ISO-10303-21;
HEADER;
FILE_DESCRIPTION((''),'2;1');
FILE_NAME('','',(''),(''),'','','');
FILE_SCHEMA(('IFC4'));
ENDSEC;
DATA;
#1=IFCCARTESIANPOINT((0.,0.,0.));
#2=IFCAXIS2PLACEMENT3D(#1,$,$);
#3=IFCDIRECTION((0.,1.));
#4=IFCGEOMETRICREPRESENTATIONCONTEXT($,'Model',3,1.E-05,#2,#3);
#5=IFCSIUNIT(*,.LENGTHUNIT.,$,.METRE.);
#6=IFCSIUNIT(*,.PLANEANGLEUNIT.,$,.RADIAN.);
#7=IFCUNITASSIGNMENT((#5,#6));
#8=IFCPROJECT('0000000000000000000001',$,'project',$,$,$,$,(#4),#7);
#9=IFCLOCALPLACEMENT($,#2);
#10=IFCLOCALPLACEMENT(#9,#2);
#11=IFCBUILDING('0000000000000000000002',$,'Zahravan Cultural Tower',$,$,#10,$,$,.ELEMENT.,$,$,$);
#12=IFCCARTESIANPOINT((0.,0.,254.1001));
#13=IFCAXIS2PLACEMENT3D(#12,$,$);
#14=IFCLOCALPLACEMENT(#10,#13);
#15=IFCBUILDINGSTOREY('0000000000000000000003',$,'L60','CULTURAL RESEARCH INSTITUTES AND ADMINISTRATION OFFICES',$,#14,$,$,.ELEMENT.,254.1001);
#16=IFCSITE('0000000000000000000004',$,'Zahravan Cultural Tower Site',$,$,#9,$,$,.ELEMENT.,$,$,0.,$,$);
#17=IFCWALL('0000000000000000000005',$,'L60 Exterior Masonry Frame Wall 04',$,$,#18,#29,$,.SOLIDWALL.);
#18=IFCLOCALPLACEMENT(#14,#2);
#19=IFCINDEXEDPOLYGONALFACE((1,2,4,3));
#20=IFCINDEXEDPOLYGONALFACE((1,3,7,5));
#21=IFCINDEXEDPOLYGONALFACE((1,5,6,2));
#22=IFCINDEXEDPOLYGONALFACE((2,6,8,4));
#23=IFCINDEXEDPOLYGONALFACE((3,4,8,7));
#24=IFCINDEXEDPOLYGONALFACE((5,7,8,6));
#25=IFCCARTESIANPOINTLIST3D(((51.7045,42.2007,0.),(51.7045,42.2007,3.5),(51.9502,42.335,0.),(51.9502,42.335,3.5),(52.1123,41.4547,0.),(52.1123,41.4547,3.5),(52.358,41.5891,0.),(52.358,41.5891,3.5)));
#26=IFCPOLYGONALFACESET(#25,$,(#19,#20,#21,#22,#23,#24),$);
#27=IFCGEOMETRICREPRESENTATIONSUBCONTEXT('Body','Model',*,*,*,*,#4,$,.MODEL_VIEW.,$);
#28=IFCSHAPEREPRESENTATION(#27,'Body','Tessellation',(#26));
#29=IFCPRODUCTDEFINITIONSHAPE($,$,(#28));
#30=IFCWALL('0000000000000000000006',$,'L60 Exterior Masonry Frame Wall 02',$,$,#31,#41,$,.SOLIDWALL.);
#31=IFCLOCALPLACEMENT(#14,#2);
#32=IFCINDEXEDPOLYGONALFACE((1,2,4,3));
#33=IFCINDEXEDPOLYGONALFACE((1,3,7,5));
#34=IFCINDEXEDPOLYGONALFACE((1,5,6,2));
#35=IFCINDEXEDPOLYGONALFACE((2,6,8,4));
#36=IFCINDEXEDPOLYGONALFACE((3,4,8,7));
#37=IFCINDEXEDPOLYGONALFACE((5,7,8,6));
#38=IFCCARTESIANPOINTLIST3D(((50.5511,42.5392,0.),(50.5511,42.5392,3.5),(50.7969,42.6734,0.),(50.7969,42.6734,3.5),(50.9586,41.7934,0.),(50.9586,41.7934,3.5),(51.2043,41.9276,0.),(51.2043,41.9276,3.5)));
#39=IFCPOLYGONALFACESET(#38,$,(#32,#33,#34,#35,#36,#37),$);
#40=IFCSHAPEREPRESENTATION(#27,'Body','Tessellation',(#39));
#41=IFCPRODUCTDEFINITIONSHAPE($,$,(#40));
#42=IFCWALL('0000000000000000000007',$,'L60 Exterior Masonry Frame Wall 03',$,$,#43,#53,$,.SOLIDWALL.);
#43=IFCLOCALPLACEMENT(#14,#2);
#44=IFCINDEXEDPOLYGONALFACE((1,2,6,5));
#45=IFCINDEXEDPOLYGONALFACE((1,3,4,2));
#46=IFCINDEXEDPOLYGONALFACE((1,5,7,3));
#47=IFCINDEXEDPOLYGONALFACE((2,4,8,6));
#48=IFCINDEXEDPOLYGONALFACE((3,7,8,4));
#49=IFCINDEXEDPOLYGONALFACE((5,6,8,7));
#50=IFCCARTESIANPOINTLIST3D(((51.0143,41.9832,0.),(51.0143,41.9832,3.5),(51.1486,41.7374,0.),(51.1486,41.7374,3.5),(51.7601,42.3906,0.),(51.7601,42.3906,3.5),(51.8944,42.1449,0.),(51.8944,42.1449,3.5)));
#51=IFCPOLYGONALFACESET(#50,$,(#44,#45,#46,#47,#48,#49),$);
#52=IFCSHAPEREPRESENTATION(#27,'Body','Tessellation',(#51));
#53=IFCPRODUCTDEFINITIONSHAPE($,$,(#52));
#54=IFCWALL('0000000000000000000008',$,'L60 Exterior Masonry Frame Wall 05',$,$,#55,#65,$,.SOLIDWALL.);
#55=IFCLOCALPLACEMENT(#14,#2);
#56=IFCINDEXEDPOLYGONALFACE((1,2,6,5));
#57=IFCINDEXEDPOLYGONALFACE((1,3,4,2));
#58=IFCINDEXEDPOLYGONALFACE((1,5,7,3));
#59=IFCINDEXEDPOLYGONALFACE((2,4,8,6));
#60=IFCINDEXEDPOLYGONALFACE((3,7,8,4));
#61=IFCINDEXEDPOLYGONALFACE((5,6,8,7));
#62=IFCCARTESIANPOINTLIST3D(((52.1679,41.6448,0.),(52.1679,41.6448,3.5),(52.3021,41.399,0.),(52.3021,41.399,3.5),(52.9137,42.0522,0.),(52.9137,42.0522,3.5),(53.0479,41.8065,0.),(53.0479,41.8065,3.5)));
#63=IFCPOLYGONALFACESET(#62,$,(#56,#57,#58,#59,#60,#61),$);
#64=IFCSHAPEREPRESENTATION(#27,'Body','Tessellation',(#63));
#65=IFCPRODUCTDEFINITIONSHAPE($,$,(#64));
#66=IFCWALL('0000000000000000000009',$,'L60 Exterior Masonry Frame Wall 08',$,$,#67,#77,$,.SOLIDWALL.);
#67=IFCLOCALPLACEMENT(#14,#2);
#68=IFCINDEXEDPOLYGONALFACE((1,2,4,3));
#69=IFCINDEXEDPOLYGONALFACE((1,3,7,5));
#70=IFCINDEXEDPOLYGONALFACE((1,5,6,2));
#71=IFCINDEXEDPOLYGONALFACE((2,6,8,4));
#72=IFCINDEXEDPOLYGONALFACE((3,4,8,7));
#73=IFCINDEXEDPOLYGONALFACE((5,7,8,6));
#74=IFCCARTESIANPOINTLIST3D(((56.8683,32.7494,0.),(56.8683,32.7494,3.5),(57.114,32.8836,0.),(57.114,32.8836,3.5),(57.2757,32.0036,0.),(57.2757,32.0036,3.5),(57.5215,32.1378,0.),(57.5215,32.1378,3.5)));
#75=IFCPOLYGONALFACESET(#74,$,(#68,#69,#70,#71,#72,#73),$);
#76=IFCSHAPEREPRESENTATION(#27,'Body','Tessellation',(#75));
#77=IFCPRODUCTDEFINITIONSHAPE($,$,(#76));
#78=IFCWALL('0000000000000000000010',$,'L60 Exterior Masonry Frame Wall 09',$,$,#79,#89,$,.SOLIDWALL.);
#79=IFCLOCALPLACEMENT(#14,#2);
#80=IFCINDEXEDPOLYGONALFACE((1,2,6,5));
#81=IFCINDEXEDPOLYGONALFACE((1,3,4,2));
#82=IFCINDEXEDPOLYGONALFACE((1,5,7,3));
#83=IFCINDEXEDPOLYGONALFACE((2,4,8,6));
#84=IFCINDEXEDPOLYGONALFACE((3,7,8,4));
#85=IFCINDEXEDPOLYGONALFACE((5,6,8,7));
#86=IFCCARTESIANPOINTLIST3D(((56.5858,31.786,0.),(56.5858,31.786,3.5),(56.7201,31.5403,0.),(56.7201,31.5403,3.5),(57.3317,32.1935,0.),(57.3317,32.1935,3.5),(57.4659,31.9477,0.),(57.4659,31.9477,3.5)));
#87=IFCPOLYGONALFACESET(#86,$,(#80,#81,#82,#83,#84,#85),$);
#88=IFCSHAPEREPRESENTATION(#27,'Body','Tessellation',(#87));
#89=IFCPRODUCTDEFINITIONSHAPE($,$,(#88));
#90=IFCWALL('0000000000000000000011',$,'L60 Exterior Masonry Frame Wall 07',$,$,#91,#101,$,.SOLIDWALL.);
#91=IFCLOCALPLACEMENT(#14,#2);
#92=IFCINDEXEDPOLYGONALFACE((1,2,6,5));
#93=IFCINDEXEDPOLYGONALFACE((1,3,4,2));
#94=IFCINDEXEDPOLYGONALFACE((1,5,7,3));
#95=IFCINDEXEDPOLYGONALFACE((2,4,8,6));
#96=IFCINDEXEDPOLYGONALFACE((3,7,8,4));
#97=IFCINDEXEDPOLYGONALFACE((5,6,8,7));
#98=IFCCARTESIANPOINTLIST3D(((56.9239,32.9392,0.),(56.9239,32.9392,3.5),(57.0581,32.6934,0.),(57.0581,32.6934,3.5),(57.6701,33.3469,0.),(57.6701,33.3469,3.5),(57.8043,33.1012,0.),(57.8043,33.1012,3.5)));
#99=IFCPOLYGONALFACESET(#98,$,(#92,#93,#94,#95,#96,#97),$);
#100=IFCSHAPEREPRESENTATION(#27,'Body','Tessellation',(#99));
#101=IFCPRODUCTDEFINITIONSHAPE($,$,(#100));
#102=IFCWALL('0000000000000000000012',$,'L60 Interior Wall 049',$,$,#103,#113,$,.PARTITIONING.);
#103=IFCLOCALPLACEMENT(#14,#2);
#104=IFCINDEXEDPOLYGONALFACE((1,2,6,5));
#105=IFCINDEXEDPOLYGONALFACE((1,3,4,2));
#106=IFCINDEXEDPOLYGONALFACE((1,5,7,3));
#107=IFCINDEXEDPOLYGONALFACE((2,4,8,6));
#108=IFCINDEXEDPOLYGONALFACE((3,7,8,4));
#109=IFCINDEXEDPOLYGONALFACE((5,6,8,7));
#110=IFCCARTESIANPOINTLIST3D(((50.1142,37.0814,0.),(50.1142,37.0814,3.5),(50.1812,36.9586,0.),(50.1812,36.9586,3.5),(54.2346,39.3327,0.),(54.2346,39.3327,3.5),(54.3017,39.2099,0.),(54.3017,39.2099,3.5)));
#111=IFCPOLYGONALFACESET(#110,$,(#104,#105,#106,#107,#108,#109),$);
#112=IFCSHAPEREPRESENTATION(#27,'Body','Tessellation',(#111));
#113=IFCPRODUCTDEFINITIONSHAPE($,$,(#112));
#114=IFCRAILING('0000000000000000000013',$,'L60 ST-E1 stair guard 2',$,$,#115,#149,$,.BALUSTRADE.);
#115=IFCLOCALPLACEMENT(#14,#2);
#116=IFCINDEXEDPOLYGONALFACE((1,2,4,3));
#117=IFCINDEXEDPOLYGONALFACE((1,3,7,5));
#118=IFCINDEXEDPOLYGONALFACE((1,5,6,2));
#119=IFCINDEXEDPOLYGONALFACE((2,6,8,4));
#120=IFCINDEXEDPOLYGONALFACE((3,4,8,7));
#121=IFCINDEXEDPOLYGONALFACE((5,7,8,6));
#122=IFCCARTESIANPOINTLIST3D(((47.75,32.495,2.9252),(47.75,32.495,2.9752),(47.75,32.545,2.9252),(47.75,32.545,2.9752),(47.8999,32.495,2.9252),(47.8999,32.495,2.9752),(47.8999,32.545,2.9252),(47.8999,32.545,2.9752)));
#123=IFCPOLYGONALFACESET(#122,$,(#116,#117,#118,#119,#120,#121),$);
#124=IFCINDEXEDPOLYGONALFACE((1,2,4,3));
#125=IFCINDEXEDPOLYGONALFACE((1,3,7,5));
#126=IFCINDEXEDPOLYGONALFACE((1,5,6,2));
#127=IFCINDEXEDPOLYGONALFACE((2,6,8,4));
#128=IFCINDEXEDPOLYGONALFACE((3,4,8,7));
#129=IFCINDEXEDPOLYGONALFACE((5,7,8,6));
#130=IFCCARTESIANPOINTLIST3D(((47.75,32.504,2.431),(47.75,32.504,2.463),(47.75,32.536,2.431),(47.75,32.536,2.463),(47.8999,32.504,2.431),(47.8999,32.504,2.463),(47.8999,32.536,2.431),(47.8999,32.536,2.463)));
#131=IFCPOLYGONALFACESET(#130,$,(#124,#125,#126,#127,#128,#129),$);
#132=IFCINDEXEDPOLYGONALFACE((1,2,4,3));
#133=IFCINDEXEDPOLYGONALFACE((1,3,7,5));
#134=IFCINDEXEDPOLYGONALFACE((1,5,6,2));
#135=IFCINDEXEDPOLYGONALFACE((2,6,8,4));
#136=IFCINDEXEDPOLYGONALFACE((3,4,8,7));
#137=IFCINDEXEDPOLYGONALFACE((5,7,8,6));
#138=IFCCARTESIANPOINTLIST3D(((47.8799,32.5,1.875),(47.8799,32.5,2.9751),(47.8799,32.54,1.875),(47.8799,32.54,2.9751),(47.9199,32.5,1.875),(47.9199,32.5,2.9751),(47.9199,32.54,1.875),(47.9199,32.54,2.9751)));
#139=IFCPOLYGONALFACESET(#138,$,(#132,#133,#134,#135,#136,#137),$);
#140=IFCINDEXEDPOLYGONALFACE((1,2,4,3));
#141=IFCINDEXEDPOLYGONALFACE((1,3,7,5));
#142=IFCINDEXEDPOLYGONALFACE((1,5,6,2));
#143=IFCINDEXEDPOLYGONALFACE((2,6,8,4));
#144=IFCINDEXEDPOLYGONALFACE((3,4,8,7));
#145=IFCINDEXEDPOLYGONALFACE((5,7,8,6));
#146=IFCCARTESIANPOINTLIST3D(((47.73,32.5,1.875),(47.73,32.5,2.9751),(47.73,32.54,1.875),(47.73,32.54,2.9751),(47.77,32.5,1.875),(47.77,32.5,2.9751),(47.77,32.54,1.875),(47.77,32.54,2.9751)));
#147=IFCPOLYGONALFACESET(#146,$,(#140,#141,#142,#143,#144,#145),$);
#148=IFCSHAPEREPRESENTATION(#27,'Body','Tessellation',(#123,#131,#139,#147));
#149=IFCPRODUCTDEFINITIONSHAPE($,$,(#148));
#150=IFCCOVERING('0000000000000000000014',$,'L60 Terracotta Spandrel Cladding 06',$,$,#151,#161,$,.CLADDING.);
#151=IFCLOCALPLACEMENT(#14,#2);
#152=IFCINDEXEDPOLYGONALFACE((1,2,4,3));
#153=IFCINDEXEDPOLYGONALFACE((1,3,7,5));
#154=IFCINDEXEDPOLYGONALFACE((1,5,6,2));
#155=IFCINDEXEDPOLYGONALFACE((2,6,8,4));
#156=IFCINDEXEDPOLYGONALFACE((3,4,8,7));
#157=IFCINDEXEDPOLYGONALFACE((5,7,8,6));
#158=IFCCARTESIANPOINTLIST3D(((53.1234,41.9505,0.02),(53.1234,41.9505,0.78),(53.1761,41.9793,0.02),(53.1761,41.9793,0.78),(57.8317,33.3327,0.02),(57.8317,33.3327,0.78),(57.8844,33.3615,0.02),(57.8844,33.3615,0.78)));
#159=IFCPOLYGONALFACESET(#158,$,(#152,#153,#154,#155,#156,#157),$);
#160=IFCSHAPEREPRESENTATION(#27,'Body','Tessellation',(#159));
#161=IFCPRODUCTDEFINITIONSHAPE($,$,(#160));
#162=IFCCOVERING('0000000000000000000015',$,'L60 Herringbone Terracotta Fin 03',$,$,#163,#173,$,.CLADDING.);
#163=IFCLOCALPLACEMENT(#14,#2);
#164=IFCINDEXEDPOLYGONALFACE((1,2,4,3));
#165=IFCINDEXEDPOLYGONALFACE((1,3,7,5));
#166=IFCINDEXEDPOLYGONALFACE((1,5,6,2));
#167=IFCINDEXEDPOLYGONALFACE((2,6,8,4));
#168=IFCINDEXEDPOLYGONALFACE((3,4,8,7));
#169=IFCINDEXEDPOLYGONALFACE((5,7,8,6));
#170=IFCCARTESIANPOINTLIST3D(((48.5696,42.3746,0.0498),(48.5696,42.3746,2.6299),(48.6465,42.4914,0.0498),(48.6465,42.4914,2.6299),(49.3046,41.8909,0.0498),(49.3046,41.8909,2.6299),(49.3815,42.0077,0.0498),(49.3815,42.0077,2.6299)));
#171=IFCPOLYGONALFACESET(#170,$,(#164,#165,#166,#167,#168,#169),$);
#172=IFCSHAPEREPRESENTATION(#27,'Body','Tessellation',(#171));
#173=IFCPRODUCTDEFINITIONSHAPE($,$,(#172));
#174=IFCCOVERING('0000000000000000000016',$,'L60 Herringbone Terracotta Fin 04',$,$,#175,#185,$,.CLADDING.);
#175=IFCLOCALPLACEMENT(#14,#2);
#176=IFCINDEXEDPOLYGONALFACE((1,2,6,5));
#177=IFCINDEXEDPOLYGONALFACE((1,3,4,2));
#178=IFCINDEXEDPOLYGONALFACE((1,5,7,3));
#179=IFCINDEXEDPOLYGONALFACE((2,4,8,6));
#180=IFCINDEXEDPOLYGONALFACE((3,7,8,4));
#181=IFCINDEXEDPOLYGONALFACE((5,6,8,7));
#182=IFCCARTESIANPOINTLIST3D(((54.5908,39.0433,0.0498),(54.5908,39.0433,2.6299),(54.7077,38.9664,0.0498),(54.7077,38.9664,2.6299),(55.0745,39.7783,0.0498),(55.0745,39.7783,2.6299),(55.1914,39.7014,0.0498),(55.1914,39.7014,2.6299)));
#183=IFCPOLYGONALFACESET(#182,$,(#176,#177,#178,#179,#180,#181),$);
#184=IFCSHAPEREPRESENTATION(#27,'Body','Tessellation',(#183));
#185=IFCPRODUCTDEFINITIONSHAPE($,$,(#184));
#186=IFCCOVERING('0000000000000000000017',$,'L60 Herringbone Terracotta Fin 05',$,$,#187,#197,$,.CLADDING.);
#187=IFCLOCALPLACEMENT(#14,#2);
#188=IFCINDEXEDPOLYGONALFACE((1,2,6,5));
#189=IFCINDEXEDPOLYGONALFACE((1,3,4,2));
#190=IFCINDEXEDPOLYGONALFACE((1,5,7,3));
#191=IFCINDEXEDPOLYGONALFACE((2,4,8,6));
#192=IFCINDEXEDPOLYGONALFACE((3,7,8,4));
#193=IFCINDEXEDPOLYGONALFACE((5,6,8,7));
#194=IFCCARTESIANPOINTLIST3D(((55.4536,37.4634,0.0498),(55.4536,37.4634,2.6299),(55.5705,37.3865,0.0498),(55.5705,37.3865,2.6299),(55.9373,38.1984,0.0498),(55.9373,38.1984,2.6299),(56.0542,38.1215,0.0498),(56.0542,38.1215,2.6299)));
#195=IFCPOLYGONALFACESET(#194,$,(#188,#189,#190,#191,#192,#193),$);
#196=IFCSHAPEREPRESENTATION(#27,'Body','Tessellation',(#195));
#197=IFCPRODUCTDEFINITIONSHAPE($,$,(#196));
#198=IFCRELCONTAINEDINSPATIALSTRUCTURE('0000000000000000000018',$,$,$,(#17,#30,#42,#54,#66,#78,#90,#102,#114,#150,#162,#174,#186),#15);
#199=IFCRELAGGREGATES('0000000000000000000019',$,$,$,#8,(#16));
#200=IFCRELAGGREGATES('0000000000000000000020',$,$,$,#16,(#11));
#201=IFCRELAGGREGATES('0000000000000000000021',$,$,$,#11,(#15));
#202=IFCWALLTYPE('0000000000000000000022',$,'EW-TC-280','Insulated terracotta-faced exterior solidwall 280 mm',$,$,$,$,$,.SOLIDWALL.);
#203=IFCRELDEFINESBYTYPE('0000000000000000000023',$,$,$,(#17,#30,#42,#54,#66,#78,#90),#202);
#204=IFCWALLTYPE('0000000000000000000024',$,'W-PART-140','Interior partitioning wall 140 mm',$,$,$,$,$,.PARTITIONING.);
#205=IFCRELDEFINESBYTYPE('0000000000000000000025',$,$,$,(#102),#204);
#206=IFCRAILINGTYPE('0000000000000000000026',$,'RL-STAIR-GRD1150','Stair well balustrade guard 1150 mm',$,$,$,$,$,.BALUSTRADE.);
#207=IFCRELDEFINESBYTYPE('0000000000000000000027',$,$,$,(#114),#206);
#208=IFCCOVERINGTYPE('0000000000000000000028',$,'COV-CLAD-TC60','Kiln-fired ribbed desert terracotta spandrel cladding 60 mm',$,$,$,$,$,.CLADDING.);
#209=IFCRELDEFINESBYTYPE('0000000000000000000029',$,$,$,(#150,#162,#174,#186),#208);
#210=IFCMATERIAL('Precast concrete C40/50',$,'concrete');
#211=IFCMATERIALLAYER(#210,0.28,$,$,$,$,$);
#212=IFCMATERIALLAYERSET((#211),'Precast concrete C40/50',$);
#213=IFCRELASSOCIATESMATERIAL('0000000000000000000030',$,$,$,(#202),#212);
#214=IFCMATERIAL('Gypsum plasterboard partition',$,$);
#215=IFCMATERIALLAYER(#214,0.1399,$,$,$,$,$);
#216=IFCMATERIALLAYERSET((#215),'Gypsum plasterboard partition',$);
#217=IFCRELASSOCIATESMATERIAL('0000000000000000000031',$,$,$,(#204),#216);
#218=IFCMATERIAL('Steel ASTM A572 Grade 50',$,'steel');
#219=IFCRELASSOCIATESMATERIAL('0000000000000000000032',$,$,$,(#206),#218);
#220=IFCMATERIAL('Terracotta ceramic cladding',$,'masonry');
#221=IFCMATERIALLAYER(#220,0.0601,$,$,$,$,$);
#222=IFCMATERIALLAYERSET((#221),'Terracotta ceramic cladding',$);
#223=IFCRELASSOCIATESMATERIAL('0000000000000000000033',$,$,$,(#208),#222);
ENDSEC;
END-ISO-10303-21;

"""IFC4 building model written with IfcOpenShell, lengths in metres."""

from ifc_helpers import new_model, si_unit, direction, frame, frame_2d, origin, origin_2d, place, context, subcontext, project, spatial, rectangle, extrude, source, transform, mapped, material, layer, layer_set, type_object, element, save


model = new_model("IFC4")

# Units and contexts
model_context = context("Model", 3, precision=1e-05, world=origin(), true_north=direction((0.0, 1.0)))
body_context = subcontext(model_context, "Body", "Model", "MODEL_VIEW")
ifc_project = project(units=[si_unit("LENGTHUNIT", "METRE"), si_unit("PLANEANGLEUNIT", "RADIAN")], contexts=[model_context])

# Site, building, storey
site_placement = place(None, origin())
site = spatial("IfcSite", under=ifc_project, at=site_placement, Name="Zahravan Cultural Tower Site", CompositionType="ELEMENT", RefElevation=0.0)
building_placement = place(site_placement, origin())
building = spatial("IfcBuilding", under=site, at=building_placement, Name="Zahravan Cultural Tower", CompositionType="ELEMENT")
storey_placement = place(building_placement, frame((0.0, 0.0, 254.1001)))
storey = spatial("IfcBuildingStorey", under=building, at=storey_placement, Name="L60", Description="CULTURAL RESEARCH INSTITUTES AND ADMINISTRATION OFFICES", CompositionType="ELEMENT", Elevation=254.1001)

# Shared definitions
ifc_material_1 = material(Name="Precast concrete C40/50", Category="concrete")
ifc_layer_1 = layer(ifc_material_1, 0.28)
ifc_layer_set_1 = layer_set([ifc_layer_1], Name="Precast concrete C40/50")
wall_type_1 = type_object("IfcWallType", Name="EW-TC-280", Description="Insulated terracotta-faced exterior solidwall 280 mm", PredefinedType="SOLIDWALL", material=ifc_layer_set_1)

# Shared definitions
ifc_material_2 = material(Name="Gypsum plasterboard partition")
ifc_layer_2 = layer(ifc_material_2, 0.1399)
ifc_layer_set_2 = layer_set([ifc_layer_2], Name="Gypsum plasterboard partition")
wall_type_2 = type_object("IfcWallType", Name="W-PART-140", Description="Interior partitioning wall 140 mm", PredefinedType="PARTITIONING", material=ifc_layer_set_2)

# Walls
shared_shape_1 = source(origin(), body_context, "Body", "SweptSolid", [
    extrude(rectangle(XDim=0.8501, YDim=0.28, at=frame_2d((0.425, 0.0))), origin(), (0.0, 0.0, 1.0), 3.5),
])
wall_1_placement = place(storey_placement, frame((51.8274, 42.2678, 0.0), z_axis=(0.0, 0.0, 1.0), x_axis=(0.479657, -0.877456, 0.0)))
element("IfcWall", 1, at=wall_1_placement, inside=storey, type_object=wall_type_1, Name="L60 Exterior Masonry Frame Wall 04", PredefinedType="SOLIDWALL", context=body_context, shape_type="MappedRepresentation", body=[
    mapped(shared_shape_1, transform((0.0, 0.0, 0.0), x_axis=(1.0, 0.0, 0.0), y_axis=(0.0, 1.0, 0.0), z_axis=(0.0, 0.0, 1.0), scale=1.0)),
])
shared_shape_2 = source(origin(), body_context, "Body", "SweptSolid", [
    extrude(rectangle(XDim=0.8499, YDim=0.28, at=frame_2d((0.4248, 0.0))), origin(), (0.0, 0.0, 1.0), 3.5),
])
for number, where, z_axis, x_axis, name in (
    (2, (50.6741, 42.6062, 0.0), (0.0, 0.0, 1.0), (0.479436, -0.877577, 0.0), "L60 Exterior Masonry Frame Wall 02"),
    (3, (51.0815, 41.8604, 0.0), (0.0, 0.0, 1.0), (0.877577, 0.479436, 0.0), "L60 Exterior Masonry Frame Wall 03"),
    (4, (52.2351, 41.522, 0.0), (0.0, 0.0, 1.0), (0.877577, 0.479436, 0.0), "L60 Exterior Masonry Frame Wall 05"),
    (5, (56.9912, 32.8164, 0.0), (0.0, 0.0, 1.0), (0.479436, -0.877577, 0.0), "L60 Exterior Masonry Frame Wall 08"),
    (6, (57.3987, 32.0706, 0.0), (0.0, 0.0, 1.0), (-0.877577, -0.479436, 0.0), "L60 Exterior Masonry Frame Wall 09"),
):
    element("IfcWall", number, at=place(storey_placement, frame(where, z_axis=z_axis, x_axis=x_axis)), inside=storey, type_object=wall_type_1, Name=name, PredefinedType="SOLIDWALL", context=body_context, shape_type="MappedRepresentation", body=[
        mapped(shared_shape_2, transform((0.0, 0.0, 0.0), x_axis=(1.0, 0.0, 0.0), y_axis=(0.0, 1.0, 0.0), z_axis=(0.0, 0.0, 1.0), scale=1.0)),
    ])
shared_shape_3 = source(origin(), body_context, "Body", "SweptSolid", [
    extrude(rectangle(XDim=0.8503, YDim=0.28, at=frame_2d((0.4253, 0.0))), origin(), (0.0, 0.0, 1.0), 3.5),
])
wall_2_placement = place(storey_placement, frame((57.7373, 33.2241, 0.0), z_axis=(0.0, 0.0, 1.0), x_axis=(-0.877522, -0.479536, 0.0)))
element("IfcWall", 7, at=wall_2_placement, inside=storey, type_object=wall_type_1, Name="L60 Exterior Masonry Frame Wall 07", PredefinedType="SOLIDWALL", context=body_context, shape_type="MappedRepresentation", body=[
    mapped(shared_shape_3, transform((0.0, 0.0, 0.0), x_axis=(1.0, 0.0, 0.0), y_axis=(0.0, 1.0, 0.0), z_axis=(0.0, 0.0, 1.0), scale=1.0)),
])
shared_shape_4 = source(origin(), body_context, "Body", "SweptSolid", [
    extrude(rectangle(XDim=4.6953, YDim=0.1399, at=frame_2d((2.3477, 0.0))), origin(), (0.0, 0.0, 1.0), 3.5),
])
wall_3_placement = place(storey_placement, frame((50.1477, 37.02, 0.0), z_axis=(0.0, 0.0, 1.0), x_axis=(0.87756, 0.479468, 0.0)))
element("IfcWall", 8, at=wall_3_placement, inside=storey, type_object=wall_type_2, Name="L60 Interior Wall 049", PredefinedType="PARTITIONING", context=body_context, shape_type="MappedRepresentation", body=[
    mapped(shared_shape_4, transform((0.0, 0.0, 0.0), x_axis=(1.0, 0.0, 0.0), y_axis=(0.0, 1.0, 0.0), z_axis=(0.0, 0.0, 1.0), scale=1.0)),
])

# Railing
ifc_material_3 = material(Name="Steel ASTM A572 Grade 50", Category="steel")
railing_type = type_object("IfcRailingType", Name="RL-STAIR-GRD1150", Description="Stair well balustrade guard 1150 mm", PredefinedType="BALUSTRADE", material=ifc_material_3)
railing_placement = place(storey_placement, frame((47.8999, 32.52, 1.875)))
element("IfcRailing", 9, at=railing_placement, inside=storey, type_object=railing_type, Name="L60 ST-E1 stair guard 2", PredefinedType="BALUSTRADE", context=body_context, shape_type="SweptSolid", body=[
    extrude(rectangle(XDim=0.05, YDim=0.05, at=origin_2d()), frame((0.0, 0.0, 1.0752), z_axis=(-1.0, 0.0, 0.0), x_axis=(0.0, -1.0, 0.0)), (0.0, 0.0, 1.0), 0.1499),
    extrude(rectangle(XDim=0.032, YDim=0.032, at=origin_2d()), frame((0.0, 0.0, 0.572), z_axis=(-1.0, 0.0, 0.0), x_axis=(0.0, -1.0, 0.0)), (0.0, 0.0, 1.0), 0.1499),
    extrude(rectangle(XDim=0.04, YDim=0.04, at=origin_2d()), origin(), (0.0, 0.0, 1.0), 1.1001),
    extrude(rectangle(XDim=0.04, YDim=0.04, at=origin_2d()), frame((-0.1499, 0.0, 0.0)), (0.0, 0.0, 1.0), 1.1001),
])

# Coverings
ifc_material_4 = material(Name="Terracotta ceramic cladding", Category="masonry")
ifc_layer_3 = layer(ifc_material_4, 0.0601)
ifc_layer_set_3 = layer_set([ifc_layer_3], Name="Terracotta ceramic cladding")
covering_type = type_object("IfcCoveringType", Name="COV-CLAD-TC60", Description="Kiln-fired ribbed desert terracotta spandrel cladding 60 mm", PredefinedType="CLADDING", material=ifc_layer_set_3)
shared_shape_5 = source(origin(), body_context, "Body", "SweptSolid", [
    extrude(rectangle(XDim=9.8201, YDim=0.0601, at=origin_2d()), origin(), (0.0, 0.0, 1.0), 0.76),
])
covering_placement = place(storey_placement, frame((55.5039, 37.656, 0.02), z_axis=(0.0, 0.0, 1.0), x_axis=(0.479458, -0.877565, 0.0)))
element("IfcCovering", 10, at=covering_placement, inside=storey, type_object=covering_type, Name="L60 Terracotta Spandrel Cladding 06", PredefinedType="CLADDING", context=body_context, shape_type="MappedRepresentation", body=[
    mapped(shared_shape_5, transform((0.0, 0.0, 0.0), x_axis=(1.0, 0.0, 0.0), y_axis=(0.0, 1.0, 0.0), z_axis=(0.0, 0.0, 1.0), scale=1.0)),
])
shared_shape_6 = source(origin(), body_context, "Body", "SweptSolid", [
    extrude(rectangle(XDim=0.8799, YDim=0.1399, at=origin_2d()), origin(), (0.0, 0.0, 1.0), 2.5801),
])
for number, where, z_axis, x_axis, name in (
    (11, (48.9756, 42.1912, 0.0498), (0.0, 0.0, 1.0), (-0.835328, 0.549752, 0.0), "L60 Herringbone Terracotta Fin 03"),
    (12, (54.8911, 39.3723, 0.0498), (0.0, 0.0, 1.0), (0.549752, 0.835328, 0.0), "L60 Herringbone Terracotta Fin 04"),
    (13, (55.7539, 37.7925, 0.0498), (0.0, 0.0, 1.0), (0.549752, 0.835328, 0.0), "L60 Herringbone Terracotta Fin 05"),
):
    element("IfcCovering", number, at=place(storey_placement, frame(where, z_axis=z_axis, x_axis=x_axis)), inside=storey, type_object=covering_type, Name=name, PredefinedType="CLADDING", context=body_context, shape_type="MappedRepresentation", body=[
        mapped(shared_shape_6, transform((0.0, 0.0, 0.0), x_axis=(1.0, 0.0, 0.0), y_axis=(0.0, 1.0, 0.0), z_axis=(0.0, 0.0, 1.0), scale=1.0)),
    ])

save(model, "model.ifc")
